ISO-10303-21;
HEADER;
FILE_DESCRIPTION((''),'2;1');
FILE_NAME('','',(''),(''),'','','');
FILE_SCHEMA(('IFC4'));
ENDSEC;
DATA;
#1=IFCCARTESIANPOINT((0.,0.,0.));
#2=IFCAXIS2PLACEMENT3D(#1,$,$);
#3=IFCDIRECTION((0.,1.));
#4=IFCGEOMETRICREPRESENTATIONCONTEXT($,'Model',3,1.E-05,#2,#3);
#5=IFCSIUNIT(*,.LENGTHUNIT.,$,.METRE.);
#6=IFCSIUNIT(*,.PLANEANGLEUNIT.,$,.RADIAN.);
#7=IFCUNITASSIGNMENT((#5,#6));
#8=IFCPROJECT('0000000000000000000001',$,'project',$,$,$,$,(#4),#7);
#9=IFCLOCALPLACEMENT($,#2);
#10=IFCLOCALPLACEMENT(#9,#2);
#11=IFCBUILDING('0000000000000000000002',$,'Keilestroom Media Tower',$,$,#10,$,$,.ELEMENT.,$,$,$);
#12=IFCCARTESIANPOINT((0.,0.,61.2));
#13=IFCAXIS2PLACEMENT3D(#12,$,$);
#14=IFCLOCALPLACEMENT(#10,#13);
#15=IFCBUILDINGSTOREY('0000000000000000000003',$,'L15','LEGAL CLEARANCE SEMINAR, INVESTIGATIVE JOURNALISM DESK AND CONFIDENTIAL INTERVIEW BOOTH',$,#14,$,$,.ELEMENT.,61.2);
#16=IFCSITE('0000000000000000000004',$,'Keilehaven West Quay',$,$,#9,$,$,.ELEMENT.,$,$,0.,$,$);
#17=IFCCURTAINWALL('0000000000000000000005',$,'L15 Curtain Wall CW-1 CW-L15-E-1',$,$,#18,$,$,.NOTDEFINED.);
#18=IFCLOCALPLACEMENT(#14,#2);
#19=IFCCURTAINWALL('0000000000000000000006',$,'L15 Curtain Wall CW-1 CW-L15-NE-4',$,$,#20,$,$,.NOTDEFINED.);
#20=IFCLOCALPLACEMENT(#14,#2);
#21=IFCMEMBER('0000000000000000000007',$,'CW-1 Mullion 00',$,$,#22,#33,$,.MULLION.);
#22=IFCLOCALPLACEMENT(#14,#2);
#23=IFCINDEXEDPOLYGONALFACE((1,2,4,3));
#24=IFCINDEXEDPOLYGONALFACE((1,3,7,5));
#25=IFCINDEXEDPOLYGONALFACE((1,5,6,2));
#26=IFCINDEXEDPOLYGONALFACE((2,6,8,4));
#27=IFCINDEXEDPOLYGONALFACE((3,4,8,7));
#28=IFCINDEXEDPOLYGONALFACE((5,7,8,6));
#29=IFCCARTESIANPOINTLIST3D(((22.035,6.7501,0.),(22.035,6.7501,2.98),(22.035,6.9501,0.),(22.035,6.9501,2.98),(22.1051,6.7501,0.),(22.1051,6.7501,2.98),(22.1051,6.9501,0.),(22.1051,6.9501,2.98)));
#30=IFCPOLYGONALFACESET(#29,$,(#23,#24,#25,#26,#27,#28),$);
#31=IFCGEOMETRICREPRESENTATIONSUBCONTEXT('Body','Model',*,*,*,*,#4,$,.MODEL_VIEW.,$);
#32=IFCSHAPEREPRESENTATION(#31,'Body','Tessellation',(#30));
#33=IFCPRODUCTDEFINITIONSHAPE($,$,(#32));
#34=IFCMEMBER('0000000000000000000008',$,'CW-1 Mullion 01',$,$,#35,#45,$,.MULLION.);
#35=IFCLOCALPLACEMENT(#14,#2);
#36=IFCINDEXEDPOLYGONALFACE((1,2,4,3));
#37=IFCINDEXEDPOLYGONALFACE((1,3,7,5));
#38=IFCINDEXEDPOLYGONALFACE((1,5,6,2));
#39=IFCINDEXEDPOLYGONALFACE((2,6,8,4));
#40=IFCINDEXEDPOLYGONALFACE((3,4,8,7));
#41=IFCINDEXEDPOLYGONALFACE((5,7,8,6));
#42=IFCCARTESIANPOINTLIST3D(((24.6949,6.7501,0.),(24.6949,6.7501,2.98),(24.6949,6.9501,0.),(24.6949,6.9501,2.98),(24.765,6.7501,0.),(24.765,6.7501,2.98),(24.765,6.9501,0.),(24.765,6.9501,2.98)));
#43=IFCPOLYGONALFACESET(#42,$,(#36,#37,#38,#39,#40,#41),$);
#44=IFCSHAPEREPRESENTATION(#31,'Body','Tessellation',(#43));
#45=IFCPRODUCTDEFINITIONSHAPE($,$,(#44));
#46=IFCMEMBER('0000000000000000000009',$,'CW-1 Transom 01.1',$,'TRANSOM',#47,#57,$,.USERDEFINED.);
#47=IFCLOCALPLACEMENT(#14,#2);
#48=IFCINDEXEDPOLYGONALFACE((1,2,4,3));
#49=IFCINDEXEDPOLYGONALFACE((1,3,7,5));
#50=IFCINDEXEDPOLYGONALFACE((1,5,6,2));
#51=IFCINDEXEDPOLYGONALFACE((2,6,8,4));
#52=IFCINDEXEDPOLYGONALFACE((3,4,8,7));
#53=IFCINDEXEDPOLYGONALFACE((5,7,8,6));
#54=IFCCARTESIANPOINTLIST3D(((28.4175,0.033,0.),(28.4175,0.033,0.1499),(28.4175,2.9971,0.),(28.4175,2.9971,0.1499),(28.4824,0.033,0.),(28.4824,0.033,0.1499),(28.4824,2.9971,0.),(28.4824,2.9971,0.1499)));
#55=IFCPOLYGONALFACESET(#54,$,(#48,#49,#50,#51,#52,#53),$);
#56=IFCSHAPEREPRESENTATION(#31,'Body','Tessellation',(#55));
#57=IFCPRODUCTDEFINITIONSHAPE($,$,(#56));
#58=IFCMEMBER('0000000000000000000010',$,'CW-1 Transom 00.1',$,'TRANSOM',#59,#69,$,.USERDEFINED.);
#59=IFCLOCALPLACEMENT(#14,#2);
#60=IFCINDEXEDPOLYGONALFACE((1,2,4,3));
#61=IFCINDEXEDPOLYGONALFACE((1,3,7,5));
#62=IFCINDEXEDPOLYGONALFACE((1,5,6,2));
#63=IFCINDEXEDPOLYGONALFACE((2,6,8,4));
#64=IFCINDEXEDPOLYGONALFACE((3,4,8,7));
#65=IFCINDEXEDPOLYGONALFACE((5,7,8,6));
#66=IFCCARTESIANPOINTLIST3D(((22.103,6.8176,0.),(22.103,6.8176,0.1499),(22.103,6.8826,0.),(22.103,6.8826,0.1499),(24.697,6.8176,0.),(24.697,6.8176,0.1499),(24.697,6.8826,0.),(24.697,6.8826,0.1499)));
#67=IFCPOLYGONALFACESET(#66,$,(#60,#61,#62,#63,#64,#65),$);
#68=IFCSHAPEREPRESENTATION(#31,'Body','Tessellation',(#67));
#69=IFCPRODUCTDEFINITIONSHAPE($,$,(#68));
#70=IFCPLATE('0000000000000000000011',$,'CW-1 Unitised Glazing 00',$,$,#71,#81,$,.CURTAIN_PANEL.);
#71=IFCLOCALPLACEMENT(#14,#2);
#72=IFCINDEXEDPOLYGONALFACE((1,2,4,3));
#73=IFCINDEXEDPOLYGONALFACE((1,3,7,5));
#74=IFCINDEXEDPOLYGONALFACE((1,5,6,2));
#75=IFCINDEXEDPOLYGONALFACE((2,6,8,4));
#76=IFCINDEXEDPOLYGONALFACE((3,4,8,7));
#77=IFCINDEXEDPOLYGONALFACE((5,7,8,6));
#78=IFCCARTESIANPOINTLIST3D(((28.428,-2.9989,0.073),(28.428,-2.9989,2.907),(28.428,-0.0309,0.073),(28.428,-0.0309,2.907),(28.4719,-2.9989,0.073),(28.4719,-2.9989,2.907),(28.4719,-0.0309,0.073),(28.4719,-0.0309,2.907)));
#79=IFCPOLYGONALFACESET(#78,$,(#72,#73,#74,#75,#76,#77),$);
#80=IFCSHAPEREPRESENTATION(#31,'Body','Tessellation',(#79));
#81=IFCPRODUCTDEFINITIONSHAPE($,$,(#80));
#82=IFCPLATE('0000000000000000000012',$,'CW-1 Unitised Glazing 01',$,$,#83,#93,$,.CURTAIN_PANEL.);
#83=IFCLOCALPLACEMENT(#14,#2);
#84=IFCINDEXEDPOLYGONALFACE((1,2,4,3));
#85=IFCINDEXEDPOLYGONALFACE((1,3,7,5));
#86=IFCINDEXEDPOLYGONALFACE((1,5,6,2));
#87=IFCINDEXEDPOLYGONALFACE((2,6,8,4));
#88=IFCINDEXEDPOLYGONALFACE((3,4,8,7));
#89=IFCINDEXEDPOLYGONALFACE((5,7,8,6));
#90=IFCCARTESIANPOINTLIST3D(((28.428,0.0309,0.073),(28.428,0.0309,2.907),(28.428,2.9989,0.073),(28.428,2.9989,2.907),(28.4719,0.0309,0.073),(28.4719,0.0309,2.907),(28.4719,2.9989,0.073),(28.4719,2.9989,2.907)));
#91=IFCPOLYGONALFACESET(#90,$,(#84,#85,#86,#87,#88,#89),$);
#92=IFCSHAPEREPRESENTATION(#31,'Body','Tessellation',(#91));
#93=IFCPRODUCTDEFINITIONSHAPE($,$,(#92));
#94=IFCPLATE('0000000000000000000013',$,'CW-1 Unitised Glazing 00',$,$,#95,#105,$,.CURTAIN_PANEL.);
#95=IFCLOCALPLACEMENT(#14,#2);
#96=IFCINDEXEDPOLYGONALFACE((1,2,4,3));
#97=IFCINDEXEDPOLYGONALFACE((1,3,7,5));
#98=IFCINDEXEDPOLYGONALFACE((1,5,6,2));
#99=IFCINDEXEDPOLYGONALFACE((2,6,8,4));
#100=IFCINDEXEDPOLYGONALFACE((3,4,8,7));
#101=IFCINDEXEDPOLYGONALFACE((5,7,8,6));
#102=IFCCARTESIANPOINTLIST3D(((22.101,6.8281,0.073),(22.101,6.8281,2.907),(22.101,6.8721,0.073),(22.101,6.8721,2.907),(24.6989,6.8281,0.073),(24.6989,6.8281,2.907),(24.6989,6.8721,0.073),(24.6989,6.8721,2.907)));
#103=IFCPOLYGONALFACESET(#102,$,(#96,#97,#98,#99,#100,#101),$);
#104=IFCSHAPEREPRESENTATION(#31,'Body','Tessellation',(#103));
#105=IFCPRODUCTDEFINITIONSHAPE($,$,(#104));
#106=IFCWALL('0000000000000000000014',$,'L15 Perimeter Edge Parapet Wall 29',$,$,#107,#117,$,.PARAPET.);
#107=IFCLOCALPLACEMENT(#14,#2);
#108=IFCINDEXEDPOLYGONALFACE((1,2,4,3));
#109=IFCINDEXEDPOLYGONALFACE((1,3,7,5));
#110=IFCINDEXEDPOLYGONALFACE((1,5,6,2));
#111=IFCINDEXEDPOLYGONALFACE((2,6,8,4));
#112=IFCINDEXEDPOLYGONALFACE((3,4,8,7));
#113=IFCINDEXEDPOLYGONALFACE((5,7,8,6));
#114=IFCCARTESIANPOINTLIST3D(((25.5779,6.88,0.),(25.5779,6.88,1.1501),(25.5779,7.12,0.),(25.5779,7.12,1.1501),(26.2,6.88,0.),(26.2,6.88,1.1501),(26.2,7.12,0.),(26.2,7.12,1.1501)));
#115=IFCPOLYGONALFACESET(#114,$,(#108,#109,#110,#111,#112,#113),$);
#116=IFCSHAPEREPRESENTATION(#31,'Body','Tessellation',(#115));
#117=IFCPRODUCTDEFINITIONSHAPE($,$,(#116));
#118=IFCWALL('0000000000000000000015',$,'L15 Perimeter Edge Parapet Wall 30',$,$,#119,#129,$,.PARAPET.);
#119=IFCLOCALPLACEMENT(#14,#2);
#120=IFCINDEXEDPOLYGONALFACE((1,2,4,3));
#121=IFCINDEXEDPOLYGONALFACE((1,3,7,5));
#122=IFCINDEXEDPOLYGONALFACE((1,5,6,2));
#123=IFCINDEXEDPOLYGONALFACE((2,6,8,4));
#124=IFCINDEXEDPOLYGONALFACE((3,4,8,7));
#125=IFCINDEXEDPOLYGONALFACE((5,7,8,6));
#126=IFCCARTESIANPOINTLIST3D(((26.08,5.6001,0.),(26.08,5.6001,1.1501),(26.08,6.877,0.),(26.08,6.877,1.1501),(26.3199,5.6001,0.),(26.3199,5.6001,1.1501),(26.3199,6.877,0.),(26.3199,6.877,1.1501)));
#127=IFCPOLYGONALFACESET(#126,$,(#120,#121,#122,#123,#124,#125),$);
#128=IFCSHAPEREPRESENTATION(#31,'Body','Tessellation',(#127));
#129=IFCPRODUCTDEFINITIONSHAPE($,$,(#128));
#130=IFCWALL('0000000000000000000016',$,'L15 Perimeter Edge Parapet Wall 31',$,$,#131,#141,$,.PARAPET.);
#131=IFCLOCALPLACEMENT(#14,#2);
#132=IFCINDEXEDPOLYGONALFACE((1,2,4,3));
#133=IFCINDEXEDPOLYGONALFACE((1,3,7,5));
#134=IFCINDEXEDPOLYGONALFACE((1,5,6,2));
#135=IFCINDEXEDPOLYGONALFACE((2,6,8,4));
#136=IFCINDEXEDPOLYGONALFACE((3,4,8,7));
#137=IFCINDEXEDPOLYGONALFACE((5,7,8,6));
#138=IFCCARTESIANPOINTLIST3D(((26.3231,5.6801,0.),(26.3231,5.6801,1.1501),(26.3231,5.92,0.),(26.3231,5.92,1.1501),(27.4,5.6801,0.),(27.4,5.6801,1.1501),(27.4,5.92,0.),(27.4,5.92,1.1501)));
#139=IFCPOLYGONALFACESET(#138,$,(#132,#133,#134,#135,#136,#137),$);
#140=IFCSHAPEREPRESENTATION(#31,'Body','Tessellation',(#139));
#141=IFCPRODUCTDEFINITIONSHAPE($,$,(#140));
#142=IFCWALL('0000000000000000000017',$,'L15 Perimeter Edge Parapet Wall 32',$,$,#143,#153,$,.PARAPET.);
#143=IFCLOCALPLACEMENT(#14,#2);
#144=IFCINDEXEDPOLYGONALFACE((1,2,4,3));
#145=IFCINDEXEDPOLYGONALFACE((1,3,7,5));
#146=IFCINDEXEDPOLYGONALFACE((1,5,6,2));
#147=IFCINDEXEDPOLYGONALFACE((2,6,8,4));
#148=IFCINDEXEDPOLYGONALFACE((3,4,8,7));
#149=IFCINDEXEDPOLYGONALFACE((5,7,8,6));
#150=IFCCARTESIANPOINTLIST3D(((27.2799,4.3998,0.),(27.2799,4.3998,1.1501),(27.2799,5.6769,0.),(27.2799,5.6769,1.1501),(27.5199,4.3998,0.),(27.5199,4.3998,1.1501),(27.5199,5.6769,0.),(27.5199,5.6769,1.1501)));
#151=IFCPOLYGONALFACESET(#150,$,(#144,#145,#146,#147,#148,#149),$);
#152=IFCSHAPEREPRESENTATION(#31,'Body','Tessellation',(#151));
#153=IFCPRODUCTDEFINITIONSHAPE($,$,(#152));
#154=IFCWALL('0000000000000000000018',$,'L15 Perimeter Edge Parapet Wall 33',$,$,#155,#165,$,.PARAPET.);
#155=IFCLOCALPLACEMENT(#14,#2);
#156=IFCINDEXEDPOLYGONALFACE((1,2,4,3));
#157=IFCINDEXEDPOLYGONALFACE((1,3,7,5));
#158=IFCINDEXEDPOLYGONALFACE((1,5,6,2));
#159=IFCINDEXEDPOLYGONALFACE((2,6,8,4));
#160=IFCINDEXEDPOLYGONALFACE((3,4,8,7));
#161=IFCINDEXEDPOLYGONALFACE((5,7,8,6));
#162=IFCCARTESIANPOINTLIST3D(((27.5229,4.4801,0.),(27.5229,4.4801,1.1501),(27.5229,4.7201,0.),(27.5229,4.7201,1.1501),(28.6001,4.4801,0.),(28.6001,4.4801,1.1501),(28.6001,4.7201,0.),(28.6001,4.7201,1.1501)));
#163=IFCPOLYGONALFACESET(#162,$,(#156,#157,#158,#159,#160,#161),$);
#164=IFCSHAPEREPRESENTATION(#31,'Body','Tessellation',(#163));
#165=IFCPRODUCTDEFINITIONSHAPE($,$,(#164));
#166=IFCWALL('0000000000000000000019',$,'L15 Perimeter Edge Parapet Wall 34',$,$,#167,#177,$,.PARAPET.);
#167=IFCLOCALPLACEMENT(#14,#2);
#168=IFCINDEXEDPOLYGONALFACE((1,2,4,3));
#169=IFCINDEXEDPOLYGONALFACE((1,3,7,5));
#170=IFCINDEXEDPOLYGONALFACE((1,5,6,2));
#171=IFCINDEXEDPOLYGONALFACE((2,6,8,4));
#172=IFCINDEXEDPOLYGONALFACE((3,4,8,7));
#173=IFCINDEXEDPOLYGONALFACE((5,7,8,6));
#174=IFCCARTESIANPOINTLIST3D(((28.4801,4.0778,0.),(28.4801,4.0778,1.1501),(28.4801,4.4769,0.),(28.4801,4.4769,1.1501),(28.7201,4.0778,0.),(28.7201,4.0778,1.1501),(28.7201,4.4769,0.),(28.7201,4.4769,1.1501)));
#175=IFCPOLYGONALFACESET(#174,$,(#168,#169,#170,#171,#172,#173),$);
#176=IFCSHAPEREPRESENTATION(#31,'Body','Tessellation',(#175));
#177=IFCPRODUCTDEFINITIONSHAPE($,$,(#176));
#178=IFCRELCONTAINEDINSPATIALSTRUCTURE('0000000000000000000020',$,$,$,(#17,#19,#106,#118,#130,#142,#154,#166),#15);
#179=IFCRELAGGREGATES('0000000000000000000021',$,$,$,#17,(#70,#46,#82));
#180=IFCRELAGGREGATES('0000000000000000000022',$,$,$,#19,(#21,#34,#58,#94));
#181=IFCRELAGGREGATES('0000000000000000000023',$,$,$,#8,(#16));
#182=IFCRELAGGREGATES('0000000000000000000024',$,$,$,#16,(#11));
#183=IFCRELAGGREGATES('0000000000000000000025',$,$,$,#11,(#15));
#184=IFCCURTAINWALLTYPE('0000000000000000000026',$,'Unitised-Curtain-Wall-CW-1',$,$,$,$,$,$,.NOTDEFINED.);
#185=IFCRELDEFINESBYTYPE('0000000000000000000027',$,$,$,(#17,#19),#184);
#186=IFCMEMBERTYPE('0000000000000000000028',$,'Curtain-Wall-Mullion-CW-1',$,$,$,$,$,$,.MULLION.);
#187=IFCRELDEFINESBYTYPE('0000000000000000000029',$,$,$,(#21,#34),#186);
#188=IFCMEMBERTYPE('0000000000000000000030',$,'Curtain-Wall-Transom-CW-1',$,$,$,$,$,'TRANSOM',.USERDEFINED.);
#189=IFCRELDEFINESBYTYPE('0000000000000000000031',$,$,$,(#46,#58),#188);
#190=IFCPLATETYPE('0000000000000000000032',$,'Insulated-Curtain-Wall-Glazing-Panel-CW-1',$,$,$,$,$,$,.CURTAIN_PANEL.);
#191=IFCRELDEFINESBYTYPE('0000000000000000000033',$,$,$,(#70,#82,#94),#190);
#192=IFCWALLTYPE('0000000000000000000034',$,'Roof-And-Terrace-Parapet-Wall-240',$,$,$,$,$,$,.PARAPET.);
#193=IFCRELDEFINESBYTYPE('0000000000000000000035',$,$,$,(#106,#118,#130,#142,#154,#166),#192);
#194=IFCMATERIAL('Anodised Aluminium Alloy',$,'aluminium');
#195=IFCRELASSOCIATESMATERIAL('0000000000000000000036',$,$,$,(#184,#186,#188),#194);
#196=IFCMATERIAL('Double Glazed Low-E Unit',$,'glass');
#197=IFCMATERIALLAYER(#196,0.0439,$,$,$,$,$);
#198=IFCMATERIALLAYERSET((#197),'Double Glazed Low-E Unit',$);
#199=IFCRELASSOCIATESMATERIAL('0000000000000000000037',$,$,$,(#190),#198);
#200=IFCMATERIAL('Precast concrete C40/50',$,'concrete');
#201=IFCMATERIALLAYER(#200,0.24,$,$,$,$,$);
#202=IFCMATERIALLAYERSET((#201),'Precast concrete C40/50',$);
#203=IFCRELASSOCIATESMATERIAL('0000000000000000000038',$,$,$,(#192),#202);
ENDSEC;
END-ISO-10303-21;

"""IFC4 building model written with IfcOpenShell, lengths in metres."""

from ifc_helpers import new_model, si_unit, direction, frame, frame_2d, origin, origin_2d, place, context, subcontext, project, spatial, rectangle, extrude, source, transform, mapped, material, layer, layer_set, material_profile, profile_set, type_object, element, aggregate, save


model = new_model("IFC4")

# Units and contexts
model_context = context("Model", 3, precision=1e-05, world=origin(), true_north=direction((0.0, 1.0)))
body_context = subcontext(model_context, "Body", "Model", "MODEL_VIEW")
ifc_project = project(units=[si_unit("LENGTHUNIT", "METRE"), si_unit("PLANEANGLEUNIT", "RADIAN")], contexts=[model_context])

# Site, building, storey
site_placement = place(None, origin())
site = spatial("IfcSite", under=ifc_project, at=site_placement, Name="Keilehaven West Quay", CompositionType="ELEMENT", RefElevation=0.0)
building_placement = place(site_placement, origin())
building = spatial("IfcBuilding", under=site, at=building_placement, Name="Keilestroom Media Tower", CompositionType="ELEMENT")
storey_placement = place(building_placement, frame((0.0, 0.0, 61.2)))
storey = spatial("IfcBuildingStorey", under=building, at=storey_placement, Name="L15", Description="LEGAL CLEARANCE SEMINAR, INVESTIGATIVE JOURNALISM DESK AND CONFIDENTIAL INTERVIEW BOOTH", CompositionType="ELEMENT", Elevation=61.2)

# Shared definitions
ifc_material_1 = material(Name="Precast concrete C40/50", Category="concrete")

# Curtain walls, members
ifc_material_2 = material(Name="Anodised Aluminium Alloy", Category="aluminium")
curtain_wall_type = type_object("IfcCurtainWallType", Name="Unitised-Curtain-Wall-CW-1", PredefinedType="NOTDEFINED", material=ifc_material_2)
curtain_wall_1_placement = place(storey_placement, origin())
curtain_wall_1 = element("IfcCurtainWall", 1, at=curtain_wall_1_placement, inside=storey, type_object=curtain_wall_type, Name="L15 Curtain Wall CW-1 CW-L15-E-1", PredefinedType="NOTDEFINED")
ifc_material_profile_1 = material_profile(ifc_material_2, rectangle(XDim=0.0701, YDim=0.2, at=origin_2d()), Name="ALU MULLION 70x200")
ifc_profile_set_1 = profile_set([ifc_material_profile_1], Name="Anodised Aluminium Alloy")
member_type_1 = type_object("IfcMemberType", Name="Curtain-Wall-Mullion-CW-1", PredefinedType="MULLION", material=ifc_profile_set_1)
shared_shape_1 = source(origin(), body_context, "Body", "SweptSolid", [
    extrude(rectangle(XDim=0.0701, YDim=0.2, at=origin_2d()), origin(), (0.0, 0.0, 1.0), 2.98),
])
curtain_wall_2_placement = place(storey_placement, origin())
curtain_wall_2 = element("IfcCurtainWall", 2, at=curtain_wall_2_placement, inside=storey, type_object=curtain_wall_type, Name="L15 Curtain Wall CW-1 CW-L15-NE-4", PredefinedType="NOTDEFINED")
member_1_placement = place(storey_placement, frame((22.0701, 6.8501, 0.0), z_axis=(0.0, 0.0, 1.0), x_axis=(1.0, 0.0, 0.0)))
member_1 = element("IfcMember", 3, at=member_1_placement, type_object=member_type_1, Name="CW-1 Mullion 00", PredefinedType="MULLION", context=body_context, shape_type="MappedRepresentation", body=[
    mapped(shared_shape_1, transform((0.0, 0.0, 0.0), x_axis=(1.0, 0.0, 0.0), y_axis=(0.0, 1.0, 0.0), z_axis=(0.0, 0.0, 1.0), scale=1.0)),
])
member_2_placement = place(storey_placement, frame((24.73, 6.8501, 0.0), z_axis=(0.0, 0.0, 1.0), x_axis=(1.0, 0.0, 0.0)))
member_2 = element("IfcMember", 4, at=member_2_placement, type_object=member_type_1, Name="CW-1 Mullion 01", PredefinedType="MULLION", context=body_context, shape_type="MappedRepresentation", body=[
    mapped(shared_shape_1, transform((0.0, 0.0, 0.0), x_axis=(1.0, 0.0, 0.0), y_axis=(0.0, 1.0, 0.0), z_axis=(0.0, 0.0, 1.0), scale=1.0)),
])

# Members
ifc_material_profile_2 = material_profile(ifc_material_2, rectangle(XDim=0.0649, YDim=0.1499, at=origin_2d()), Name="ALU TRANSOM 65x150")
ifc_profile_set_2 = profile_set([ifc_material_profile_2], Name="Anodised Aluminium Alloy")
member_type_2 = type_object("IfcMemberType", Name="Curtain-Wall-Transom-CW-1", ElementType="TRANSOM", PredefinedType="USERDEFINED", material=ifc_profile_set_2)
shared_shape_2 = source(origin(), body_context, "Body", "SweptSolid", [
    extrude(rectangle(XDim=0.0649, YDim=0.1499, at=origin_2d()), origin(), (0.0, 0.0, 1.0), 2.9641),
])
member_3_placement = place(storey_placement, frame((28.45, 0.033, 0.075), z_axis=(0.0, 1.0, 0.0), x_axis=(-1.0, 0.0, 0.0)))
member_3 = element("IfcMember", 5, at=member_3_placement, type_object=member_type_2, Name="CW-1 Transom 01.1", ObjectType="TRANSOM", PredefinedType="USERDEFINED", context=body_context, shape_type="MappedRepresentation", body=[
    mapped(shared_shape_2, transform((0.0, 0.0, 0.0), x_axis=(1.0, 0.0, 0.0), y_axis=(0.0, 1.0, 0.0), z_axis=(0.0, 0.0, 1.0), scale=1.0)),
])
shared_shape_3 = source(origin(), body_context, "Body", "SweptSolid", [
    extrude(rectangle(XDim=0.0649, YDim=0.1499, at=origin_2d()), origin(), (0.0, 0.0, 1.0), 2.594),
])
member_4_placement = place(storey_placement, frame((22.103, 6.8501, 0.075), z_axis=(1.0, 0.0, 0.0), x_axis=(0.0, 1.0, 0.0)))
member_4 = element("IfcMember", 6, at=member_4_placement, type_object=member_type_2, Name="CW-1 Transom 00.1", ObjectType="TRANSOM", PredefinedType="USERDEFINED", context=body_context, shape_type="MappedRepresentation", body=[
    mapped(shared_shape_3, transform((0.0, 0.0, 0.0), x_axis=(1.0, 0.0, 0.0), y_axis=(0.0, 1.0, 0.0), z_axis=(0.0, 0.0, 1.0), scale=1.0)),
])

# Plates
ifc_material_3 = material(Name="Double Glazed Low-E Unit", Category="glass")
ifc_layer_1 = layer(ifc_material_3, 0.0439)
ifc_layer_set_1 = layer_set([ifc_layer_1], Name="Double Glazed Low-E Unit")
plate_type = type_object("IfcPlateType", Name="Insulated-Curtain-Wall-Glazing-Panel-CW-1", PredefinedType="CURTAIN_PANEL", material=ifc_layer_set_1)
shared_shape_4 = source(origin(), body_context, "Body", "SweptSolid", [
    extrude(rectangle(XDim=2.968, YDim=0.0439, at=origin_2d()), origin(), (0.0, 0.0, 1.0), 2.834),
])
plate_1_placement = place(storey_placement, frame((28.45, -1.5149, 0.073), z_axis=(0.0, 0.0, 1.0), x_axis=(0.0, 1.0, 0.0)))
plate_1 = element("IfcPlate", 7, at=plate_1_placement, type_object=plate_type, Name="CW-1 Unitised Glazing 00", PredefinedType="CURTAIN_PANEL", context=body_context, shape_type="MappedRepresentation", body=[
    mapped(shared_shape_4, transform((0.0, 0.0, 0.0), x_axis=(1.0, 0.0, 0.0), y_axis=(0.0, 1.0, 0.0), z_axis=(0.0, 0.0, 1.0), scale=1.0)),
])
plate_2_placement = place(storey_placement, frame((28.45, 1.5149, 0.073), z_axis=(0.0, 0.0, 1.0), x_axis=(0.0, 1.0, 0.0)))
plate_2 = element("IfcPlate", 8, at=plate_2_placement, type_object=plate_type, Name="CW-1 Unitised Glazing 01", PredefinedType="CURTAIN_PANEL", context=body_context, shape_type="MappedRepresentation", body=[
    mapped(shared_shape_4, transform((0.0, 0.0, 0.0), x_axis=(1.0, 0.0, 0.0), y_axis=(0.0, 1.0, 0.0), z_axis=(0.0, 0.0, 1.0), scale=1.0)),
])
aggregate(curtain_wall_1, [plate_1, member_3, plate_2])
shared_shape_5 = source(origin(), body_context, "Body", "SweptSolid", [
    extrude(rectangle(XDim=2.5979, YDim=0.0439, at=origin_2d()), origin(), (0.0, 0.0, 1.0), 2.834),
])
plate_3_placement = place(storey_placement, frame((23.3999, 6.8501, 0.073), z_axis=(0.0, 0.0, 1.0), x_axis=(1.0, 0.0, 0.0)))
plate_3 = element("IfcPlate", 9, at=plate_3_placement, type_object=plate_type, Name="CW-1 Unitised Glazing 00", PredefinedType="CURTAIN_PANEL", context=body_context, shape_type="MappedRepresentation", body=[
    mapped(shared_shape_5, transform((0.0, 0.0, 0.0), x_axis=(1.0, 0.0, 0.0), y_axis=(0.0, 1.0, 0.0), z_axis=(0.0, 0.0, 1.0), scale=1.0)),
])
aggregate(curtain_wall_2, [member_1, member_2, member_4, plate_3])

# Walls
ifc_layer_2 = layer(ifc_material_1, 0.24)
ifc_layer_set_2 = layer_set([ifc_layer_2], Name="Precast concrete C40/50")
wall_type = type_object("IfcWallType", Name="Roof-And-Terrace-Parapet-Wall-240", PredefinedType="PARAPET", material=ifc_layer_set_2)
wall_1_placement = place(storey_placement, frame((25.5779, 7.0, 0.0), z_axis=(0.0, 0.0, 1.0), x_axis=(1.0, 0.0, 0.0)))
element("IfcWall", 10, at=wall_1_placement, inside=storey, type_object=wall_type, Name="L15 Perimeter Edge Parapet Wall 29", PredefinedType="PARAPET", context=body_context, shape_type="SweptSolid", body=[
    extrude(rectangle(XDim=0.6221, YDim=0.24, at=frame_2d((0.311, 0.0))), origin(), (0.0, 0.0, 1.0), 1.1501),
])
wall_2_placement = place(storey_placement, frame((26.2, 6.877, 0.0), z_axis=(0.0, 0.0, 1.0), x_axis=(0.0, -1.0, 0.0)))
element("IfcWall", 11, at=wall_2_placement, inside=storey, type_object=wall_type, Name="L15 Perimeter Edge Parapet Wall 30", PredefinedType="PARAPET", context=body_context, shape_type="SweptSolid", body=[
    extrude(rectangle(XDim=1.2769, YDim=0.24, at=frame_2d((0.6384, 0.0))), origin(), (0.0, 0.0, 1.0), 1.1501),
])
wall_3_placement = place(storey_placement, frame((26.323, 5.8, 0.0), z_axis=(0.0, 0.0, 1.0), x_axis=(1.0, 0.0, 0.0)))
element("IfcWall", 12, at=wall_3_placement, inside=storey, type_object=wall_type, Name="L15 Perimeter Edge Parapet Wall 31", PredefinedType="PARAPET", context=body_context, shape_type="SweptSolid", body=[
    extrude(rectangle(XDim=1.0769, YDim=0.24, at=frame_2d((0.5386, 0.0))), origin(), (0.0, 0.0, 1.0), 1.1501),
])
wall_4_placement = place(storey_placement, frame((27.3999, 5.677, 0.0), z_axis=(0.0, 0.0, 1.0), x_axis=(0.0, -1.0, 0.0)))
element("IfcWall", 13, at=wall_4_placement, inside=storey, type_object=wall_type, Name="L15 Perimeter Edge Parapet Wall 32", PredefinedType="PARAPET", context=body_context, shape_type="SweptSolid", body=[
    extrude(rectangle(XDim=1.2771, YDim=0.24, at=frame_2d((0.6387, 0.0))), origin(), (0.0, 0.0, 1.0), 1.1501),
])
wall_5_placement = place(storey_placement, frame((27.5229, 4.6001, 0.0), z_axis=(0.0, 0.0, 1.0), x_axis=(1.0, 0.0, 0.0)))
element("IfcWall", 14, at=wall_5_placement, inside=storey, type_object=wall_type, Name="L15 Perimeter Edge Parapet Wall 33", PredefinedType="PARAPET", context=body_context, shape_type="SweptSolid", body=[
    extrude(rectangle(XDim=1.0771, YDim=0.24, at=frame_2d((0.5386, 0.0))), origin(), (0.0, 0.0, 1.0), 1.1501),
])
wall_6_placement = place(storey_placement, frame((28.6001, 4.4771, 0.0), z_axis=(0.0, 0.0, 1.0), x_axis=(0.0, -1.0, 0.0)))
element("IfcWall", 15, at=wall_6_placement, inside=storey, type_object=wall_type, Name="L15 Perimeter Edge Parapet Wall 34", PredefinedType="PARAPET", context=body_context, shape_type="SweptSolid", body=[
    extrude(rectangle(XDim=0.3992, YDim=0.24, at=frame_2d((0.1997, 0.0))), origin(), (0.0, 0.0, 1.0), 1.1501),
])

save(model, "model.ifc")
